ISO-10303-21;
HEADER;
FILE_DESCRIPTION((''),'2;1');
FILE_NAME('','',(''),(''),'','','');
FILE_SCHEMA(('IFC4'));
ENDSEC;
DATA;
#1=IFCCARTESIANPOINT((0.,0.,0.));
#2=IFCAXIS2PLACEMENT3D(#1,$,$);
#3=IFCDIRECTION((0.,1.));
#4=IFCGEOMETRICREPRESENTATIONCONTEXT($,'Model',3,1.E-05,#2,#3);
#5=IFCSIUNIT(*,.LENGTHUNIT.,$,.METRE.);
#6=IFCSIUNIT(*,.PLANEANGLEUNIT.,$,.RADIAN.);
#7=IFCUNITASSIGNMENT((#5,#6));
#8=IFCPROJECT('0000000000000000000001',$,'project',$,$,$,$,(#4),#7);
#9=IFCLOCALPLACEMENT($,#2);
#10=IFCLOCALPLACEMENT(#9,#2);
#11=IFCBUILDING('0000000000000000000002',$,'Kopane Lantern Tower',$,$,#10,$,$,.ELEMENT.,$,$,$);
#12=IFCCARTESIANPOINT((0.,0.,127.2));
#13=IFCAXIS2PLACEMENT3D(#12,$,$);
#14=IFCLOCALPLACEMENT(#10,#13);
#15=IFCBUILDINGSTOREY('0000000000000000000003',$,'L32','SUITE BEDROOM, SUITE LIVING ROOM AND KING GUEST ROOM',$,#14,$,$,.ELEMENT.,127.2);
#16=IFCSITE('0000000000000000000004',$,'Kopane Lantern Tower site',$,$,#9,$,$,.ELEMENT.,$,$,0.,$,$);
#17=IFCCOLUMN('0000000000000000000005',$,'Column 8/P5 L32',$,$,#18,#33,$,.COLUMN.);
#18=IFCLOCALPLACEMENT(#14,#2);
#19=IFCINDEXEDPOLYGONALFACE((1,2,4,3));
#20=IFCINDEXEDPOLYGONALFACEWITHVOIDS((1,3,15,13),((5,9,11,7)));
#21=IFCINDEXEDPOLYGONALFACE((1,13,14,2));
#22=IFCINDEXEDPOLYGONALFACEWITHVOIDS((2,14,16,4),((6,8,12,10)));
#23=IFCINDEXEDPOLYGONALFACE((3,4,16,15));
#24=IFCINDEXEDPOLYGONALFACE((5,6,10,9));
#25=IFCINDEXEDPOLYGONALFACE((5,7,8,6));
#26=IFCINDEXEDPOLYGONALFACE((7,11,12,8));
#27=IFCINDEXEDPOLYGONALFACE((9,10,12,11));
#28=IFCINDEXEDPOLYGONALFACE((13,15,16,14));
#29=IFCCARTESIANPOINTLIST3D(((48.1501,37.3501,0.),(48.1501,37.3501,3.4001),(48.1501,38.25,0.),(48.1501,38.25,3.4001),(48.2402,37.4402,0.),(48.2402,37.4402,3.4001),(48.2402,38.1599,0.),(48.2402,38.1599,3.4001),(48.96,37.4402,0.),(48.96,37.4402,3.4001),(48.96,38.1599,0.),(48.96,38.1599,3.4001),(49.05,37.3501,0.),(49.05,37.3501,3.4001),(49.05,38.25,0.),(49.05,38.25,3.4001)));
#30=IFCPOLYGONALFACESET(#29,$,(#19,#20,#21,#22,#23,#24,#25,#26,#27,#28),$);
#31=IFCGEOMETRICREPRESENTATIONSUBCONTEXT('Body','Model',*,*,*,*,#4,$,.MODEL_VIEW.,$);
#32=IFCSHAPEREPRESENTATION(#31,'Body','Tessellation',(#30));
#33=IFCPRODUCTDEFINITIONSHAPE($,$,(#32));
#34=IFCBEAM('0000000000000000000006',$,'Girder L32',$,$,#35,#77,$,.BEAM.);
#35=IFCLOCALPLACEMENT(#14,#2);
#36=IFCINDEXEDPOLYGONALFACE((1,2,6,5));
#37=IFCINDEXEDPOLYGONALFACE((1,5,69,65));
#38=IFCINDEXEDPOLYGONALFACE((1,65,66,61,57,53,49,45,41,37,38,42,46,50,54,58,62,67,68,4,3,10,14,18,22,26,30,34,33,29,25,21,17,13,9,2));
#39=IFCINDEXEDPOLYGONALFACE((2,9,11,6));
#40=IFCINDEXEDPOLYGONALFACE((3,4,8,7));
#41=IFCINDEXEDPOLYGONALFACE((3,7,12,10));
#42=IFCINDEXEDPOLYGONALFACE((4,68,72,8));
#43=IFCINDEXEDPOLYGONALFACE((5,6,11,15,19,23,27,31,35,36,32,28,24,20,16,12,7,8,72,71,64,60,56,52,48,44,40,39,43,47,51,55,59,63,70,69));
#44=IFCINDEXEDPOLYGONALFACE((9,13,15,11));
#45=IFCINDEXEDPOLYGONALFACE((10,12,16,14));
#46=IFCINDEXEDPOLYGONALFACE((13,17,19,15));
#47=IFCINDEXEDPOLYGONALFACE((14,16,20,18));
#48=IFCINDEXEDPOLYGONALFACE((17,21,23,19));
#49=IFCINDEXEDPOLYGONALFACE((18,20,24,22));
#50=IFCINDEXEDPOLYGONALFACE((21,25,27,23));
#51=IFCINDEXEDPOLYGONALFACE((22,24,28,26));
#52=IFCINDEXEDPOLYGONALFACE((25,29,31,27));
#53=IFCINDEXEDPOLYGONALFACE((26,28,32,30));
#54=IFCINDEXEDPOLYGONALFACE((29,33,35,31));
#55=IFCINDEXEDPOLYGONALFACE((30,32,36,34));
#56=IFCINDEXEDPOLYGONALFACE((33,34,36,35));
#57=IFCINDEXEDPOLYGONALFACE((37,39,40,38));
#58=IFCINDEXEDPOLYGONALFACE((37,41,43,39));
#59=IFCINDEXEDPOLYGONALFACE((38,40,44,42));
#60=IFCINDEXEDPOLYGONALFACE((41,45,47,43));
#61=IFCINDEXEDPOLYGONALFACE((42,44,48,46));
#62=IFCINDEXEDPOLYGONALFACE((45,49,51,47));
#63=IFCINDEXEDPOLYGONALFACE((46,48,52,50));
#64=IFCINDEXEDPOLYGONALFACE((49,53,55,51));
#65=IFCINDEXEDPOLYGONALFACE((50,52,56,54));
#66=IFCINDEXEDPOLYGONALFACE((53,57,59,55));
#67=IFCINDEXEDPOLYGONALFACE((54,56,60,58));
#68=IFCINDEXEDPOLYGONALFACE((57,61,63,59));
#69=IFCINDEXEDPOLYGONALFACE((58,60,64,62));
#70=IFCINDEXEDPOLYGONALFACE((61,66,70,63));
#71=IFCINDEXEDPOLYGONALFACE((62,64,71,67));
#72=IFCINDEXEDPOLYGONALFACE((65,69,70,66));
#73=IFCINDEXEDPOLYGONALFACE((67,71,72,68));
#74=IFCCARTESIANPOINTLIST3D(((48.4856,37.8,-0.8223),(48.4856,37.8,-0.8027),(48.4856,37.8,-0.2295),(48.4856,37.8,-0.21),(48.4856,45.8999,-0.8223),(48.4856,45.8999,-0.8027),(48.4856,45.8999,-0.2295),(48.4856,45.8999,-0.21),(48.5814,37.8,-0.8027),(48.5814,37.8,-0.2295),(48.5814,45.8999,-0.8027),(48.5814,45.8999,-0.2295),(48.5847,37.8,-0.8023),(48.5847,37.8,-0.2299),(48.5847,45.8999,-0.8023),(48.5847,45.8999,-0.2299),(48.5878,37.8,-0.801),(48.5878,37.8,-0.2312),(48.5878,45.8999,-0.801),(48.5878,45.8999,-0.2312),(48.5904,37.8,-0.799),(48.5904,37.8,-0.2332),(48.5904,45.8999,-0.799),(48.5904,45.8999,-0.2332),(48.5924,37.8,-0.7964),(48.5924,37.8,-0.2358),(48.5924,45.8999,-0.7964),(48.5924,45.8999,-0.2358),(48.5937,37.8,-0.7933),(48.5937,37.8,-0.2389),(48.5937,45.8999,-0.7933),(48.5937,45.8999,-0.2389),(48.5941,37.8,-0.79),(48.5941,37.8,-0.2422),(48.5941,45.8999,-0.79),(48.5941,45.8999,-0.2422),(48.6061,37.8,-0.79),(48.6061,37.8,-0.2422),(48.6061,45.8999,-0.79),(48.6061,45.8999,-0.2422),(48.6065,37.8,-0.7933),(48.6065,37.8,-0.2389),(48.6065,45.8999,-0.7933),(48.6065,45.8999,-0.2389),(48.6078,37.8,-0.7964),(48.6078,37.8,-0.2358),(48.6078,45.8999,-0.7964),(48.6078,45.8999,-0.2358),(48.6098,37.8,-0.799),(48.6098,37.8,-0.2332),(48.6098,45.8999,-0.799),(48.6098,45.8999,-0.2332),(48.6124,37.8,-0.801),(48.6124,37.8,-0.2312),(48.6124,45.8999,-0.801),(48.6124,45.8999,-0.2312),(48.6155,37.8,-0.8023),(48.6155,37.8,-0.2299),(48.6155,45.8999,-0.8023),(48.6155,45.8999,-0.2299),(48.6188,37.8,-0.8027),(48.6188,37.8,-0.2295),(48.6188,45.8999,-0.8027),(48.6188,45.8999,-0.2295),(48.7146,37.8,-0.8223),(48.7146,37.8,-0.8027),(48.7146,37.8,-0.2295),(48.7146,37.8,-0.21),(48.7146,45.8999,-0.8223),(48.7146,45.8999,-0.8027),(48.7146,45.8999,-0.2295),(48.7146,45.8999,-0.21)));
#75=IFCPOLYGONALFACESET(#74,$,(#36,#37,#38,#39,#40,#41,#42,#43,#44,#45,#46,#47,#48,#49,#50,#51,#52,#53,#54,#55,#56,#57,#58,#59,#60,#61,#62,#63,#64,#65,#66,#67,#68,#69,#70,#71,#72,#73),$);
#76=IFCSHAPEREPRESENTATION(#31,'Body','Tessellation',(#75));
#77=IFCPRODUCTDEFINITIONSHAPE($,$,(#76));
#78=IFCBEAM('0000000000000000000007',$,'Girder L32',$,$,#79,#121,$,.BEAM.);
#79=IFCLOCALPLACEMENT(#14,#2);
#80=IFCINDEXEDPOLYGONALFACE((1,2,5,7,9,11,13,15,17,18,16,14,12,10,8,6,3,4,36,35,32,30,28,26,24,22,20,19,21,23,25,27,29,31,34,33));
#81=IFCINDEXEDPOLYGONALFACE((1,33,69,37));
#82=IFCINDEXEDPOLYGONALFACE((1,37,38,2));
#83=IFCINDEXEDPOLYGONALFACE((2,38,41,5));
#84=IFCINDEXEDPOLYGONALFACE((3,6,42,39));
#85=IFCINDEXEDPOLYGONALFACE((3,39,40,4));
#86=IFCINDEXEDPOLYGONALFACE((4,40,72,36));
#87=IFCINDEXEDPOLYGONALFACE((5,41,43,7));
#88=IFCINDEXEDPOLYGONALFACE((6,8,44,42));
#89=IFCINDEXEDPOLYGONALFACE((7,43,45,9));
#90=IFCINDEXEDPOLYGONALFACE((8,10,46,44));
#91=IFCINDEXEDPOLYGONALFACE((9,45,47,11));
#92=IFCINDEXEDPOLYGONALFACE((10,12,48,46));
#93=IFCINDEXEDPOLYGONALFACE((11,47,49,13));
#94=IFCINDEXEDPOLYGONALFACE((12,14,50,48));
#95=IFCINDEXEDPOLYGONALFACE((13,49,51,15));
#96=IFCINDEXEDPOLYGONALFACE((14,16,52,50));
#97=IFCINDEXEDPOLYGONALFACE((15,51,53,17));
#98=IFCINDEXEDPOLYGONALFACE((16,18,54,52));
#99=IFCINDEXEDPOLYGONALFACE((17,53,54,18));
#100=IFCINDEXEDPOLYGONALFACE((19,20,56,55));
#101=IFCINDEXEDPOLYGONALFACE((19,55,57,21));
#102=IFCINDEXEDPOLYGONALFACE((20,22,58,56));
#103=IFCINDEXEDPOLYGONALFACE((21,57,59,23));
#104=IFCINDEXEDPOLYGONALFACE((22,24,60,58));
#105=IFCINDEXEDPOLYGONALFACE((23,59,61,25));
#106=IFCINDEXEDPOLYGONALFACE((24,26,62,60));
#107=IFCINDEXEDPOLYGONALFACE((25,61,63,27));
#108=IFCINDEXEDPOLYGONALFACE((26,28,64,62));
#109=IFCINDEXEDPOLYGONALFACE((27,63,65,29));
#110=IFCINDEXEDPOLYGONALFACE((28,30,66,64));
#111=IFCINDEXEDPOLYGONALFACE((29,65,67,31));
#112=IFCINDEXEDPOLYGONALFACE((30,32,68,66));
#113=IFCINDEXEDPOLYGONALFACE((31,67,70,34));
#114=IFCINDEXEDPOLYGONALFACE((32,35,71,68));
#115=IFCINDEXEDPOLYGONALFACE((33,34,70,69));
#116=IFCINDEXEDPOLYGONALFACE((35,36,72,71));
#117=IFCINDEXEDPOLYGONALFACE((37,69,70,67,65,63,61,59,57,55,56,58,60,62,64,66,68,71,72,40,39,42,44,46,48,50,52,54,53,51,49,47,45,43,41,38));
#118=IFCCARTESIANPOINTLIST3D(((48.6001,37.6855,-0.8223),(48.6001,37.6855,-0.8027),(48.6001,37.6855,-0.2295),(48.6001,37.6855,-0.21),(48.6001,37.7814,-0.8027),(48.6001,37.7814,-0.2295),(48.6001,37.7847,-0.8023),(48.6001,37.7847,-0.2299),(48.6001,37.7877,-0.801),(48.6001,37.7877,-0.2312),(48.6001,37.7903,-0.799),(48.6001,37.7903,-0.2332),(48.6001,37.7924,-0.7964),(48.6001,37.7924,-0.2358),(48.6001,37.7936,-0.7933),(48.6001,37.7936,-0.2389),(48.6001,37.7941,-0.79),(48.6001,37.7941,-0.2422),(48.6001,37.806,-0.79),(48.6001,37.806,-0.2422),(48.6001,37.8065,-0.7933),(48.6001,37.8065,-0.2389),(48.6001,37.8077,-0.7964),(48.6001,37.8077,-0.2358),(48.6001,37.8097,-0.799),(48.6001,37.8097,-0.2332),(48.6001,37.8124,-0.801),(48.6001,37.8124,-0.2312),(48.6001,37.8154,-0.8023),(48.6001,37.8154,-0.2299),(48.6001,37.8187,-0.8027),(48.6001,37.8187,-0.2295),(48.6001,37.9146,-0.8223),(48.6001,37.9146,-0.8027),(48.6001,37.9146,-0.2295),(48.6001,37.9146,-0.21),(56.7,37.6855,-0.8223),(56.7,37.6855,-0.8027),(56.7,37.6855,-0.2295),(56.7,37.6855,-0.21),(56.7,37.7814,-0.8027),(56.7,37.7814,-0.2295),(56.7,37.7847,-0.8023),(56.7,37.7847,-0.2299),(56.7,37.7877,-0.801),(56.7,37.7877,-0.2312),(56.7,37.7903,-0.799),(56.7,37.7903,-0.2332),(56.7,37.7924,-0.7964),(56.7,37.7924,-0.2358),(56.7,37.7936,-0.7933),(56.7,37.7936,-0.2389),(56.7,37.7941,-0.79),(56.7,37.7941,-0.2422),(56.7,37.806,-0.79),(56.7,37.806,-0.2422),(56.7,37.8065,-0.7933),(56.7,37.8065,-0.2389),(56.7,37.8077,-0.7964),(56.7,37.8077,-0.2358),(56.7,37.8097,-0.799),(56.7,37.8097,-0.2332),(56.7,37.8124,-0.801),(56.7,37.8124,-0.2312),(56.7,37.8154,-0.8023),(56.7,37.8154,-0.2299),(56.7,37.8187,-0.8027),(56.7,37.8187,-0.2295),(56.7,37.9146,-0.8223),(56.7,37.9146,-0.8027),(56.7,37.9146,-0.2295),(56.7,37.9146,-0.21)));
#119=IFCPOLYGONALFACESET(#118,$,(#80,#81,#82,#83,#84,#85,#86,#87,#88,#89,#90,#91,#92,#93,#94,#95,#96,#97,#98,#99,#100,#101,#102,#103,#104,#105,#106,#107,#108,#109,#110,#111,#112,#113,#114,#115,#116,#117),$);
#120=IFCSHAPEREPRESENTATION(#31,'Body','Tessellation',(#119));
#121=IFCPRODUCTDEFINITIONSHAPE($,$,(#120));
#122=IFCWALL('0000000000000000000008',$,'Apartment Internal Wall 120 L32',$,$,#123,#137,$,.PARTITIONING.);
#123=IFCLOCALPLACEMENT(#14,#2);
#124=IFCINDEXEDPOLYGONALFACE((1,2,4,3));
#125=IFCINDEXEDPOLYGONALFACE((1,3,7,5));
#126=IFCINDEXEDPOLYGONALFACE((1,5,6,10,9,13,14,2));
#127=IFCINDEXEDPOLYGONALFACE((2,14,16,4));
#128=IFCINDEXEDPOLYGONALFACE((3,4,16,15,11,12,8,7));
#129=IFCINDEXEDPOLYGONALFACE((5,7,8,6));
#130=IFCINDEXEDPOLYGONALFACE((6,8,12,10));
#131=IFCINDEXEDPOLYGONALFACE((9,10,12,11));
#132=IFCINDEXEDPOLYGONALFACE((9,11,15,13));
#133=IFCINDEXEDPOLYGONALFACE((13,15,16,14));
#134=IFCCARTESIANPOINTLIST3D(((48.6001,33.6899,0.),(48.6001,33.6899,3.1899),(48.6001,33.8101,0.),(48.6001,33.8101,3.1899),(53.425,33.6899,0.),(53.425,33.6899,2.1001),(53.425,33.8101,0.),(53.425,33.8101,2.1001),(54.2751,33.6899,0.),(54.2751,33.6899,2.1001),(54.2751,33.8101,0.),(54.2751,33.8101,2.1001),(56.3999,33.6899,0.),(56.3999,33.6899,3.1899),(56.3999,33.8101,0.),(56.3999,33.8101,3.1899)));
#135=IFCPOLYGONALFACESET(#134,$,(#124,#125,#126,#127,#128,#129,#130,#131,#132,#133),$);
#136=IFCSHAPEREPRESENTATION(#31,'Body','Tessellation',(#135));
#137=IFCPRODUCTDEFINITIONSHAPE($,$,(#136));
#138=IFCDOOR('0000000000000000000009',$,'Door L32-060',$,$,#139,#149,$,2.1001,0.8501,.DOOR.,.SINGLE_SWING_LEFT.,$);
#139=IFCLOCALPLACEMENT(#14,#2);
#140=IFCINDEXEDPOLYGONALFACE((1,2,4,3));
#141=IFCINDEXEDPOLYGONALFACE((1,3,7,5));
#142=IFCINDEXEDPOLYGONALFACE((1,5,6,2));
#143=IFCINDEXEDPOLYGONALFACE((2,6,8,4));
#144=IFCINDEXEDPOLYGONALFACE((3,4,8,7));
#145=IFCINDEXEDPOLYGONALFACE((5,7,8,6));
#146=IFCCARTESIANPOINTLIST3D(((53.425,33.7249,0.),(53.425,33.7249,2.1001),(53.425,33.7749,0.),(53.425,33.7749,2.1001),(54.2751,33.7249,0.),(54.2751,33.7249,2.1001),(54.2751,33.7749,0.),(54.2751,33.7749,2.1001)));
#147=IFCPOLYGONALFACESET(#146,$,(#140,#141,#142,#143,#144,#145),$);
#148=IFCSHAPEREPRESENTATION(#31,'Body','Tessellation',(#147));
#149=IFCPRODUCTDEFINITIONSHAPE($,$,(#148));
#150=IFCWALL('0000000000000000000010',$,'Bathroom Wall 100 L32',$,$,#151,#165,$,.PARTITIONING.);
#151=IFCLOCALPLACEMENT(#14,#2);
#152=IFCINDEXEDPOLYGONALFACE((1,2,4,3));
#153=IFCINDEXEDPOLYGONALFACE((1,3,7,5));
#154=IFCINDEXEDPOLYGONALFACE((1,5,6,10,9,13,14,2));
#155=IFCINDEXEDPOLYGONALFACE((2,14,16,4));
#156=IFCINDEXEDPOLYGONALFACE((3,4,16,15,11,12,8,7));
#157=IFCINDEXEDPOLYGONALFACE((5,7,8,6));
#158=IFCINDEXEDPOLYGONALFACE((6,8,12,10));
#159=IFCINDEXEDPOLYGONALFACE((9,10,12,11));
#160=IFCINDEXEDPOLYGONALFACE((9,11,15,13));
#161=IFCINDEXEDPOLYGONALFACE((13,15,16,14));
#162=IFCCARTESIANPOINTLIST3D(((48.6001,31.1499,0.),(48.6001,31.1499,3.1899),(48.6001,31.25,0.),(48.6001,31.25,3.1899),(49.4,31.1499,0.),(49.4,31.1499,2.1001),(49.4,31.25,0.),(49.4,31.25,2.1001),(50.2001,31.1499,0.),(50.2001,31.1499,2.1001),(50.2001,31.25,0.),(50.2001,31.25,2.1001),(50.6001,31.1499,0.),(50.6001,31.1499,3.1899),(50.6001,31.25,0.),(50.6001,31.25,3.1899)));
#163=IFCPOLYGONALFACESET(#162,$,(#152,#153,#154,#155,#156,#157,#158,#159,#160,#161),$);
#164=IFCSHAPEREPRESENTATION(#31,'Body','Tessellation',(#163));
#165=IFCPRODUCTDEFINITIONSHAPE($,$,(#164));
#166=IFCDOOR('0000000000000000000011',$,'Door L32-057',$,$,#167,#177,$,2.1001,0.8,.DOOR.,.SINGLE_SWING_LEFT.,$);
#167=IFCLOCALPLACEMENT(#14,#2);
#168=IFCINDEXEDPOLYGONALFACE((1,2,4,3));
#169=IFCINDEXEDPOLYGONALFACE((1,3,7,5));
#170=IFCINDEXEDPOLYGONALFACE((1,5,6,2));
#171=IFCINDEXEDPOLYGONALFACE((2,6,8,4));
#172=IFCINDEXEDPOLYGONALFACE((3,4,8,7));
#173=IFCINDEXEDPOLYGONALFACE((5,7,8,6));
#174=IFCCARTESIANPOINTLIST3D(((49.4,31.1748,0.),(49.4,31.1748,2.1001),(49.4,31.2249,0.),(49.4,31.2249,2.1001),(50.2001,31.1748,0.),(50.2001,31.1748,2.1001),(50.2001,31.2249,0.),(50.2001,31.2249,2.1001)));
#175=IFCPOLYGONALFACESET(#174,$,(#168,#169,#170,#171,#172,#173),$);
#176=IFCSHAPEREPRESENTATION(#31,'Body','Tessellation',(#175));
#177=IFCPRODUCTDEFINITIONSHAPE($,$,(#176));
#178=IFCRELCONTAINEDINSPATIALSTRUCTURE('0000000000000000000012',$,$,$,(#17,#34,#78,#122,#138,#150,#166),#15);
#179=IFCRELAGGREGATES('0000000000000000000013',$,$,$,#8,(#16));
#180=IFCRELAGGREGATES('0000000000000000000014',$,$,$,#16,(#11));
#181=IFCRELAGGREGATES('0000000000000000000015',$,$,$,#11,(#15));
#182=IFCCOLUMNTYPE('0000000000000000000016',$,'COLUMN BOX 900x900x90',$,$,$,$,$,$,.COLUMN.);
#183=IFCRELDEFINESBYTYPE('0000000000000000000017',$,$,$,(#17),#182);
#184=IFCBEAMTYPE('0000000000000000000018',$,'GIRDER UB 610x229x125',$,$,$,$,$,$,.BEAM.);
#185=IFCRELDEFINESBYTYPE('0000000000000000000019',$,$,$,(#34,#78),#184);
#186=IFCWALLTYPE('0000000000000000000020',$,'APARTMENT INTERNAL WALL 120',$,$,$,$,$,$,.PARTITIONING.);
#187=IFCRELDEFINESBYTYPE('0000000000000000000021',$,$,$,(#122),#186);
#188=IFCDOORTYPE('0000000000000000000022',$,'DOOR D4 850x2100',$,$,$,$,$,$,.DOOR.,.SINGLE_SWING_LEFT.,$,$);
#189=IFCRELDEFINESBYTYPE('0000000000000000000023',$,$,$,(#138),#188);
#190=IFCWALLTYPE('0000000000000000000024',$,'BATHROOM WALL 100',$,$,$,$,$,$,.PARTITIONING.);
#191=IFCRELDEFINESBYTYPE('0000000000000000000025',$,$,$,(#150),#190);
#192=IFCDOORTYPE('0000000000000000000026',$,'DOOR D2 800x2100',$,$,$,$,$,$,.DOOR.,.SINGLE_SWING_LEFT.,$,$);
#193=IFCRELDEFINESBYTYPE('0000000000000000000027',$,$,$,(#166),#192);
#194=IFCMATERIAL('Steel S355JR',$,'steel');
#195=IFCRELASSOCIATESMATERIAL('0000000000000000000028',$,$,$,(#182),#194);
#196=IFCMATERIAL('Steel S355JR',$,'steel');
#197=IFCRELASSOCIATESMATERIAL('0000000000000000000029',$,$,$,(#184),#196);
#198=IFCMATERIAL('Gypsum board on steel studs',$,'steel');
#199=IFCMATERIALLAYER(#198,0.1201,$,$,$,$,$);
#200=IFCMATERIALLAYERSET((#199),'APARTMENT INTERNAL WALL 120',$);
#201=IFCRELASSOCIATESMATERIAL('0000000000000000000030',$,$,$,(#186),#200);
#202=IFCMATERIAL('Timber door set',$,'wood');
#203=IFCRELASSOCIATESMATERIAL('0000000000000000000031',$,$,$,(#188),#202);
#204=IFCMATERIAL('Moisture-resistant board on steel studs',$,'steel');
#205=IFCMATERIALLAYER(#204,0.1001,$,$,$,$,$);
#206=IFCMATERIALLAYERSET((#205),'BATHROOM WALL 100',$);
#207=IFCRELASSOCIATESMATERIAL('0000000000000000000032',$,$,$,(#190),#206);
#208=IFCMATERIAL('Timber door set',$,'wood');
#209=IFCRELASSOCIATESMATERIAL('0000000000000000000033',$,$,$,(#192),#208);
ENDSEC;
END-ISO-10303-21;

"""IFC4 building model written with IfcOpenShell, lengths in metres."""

from ifc_helpers import new_model, si_unit, direction, frame, frame_2d, origin, origin_2d, place, context, subcontext, project, spatial, rectangle, hollow_rectangle, i_section, extrude, material, layer, layer_set, material_profile, profile_set, type_object, element, fill, save


model = new_model("IFC4")

# Units and contexts
model_context = context("Model", 3, precision=1e-05, world=origin(), true_north=direction((0.0, 1.0)))
body_context = subcontext(model_context, "Body", "Model", "MODEL_VIEW")
ifc_project = project(units=[si_unit("LENGTHUNIT", "METRE"), si_unit("PLANEANGLEUNIT", "RADIAN")], contexts=[model_context])

# Site, building, storey
site_placement = place(None, origin())
site = spatial("IfcSite", under=ifc_project, at=site_placement, Name="Kopane Lantern Tower site", CompositionType="ELEMENT", RefElevation=0.0)
building_placement = place(site_placement, origin())
building = spatial("IfcBuilding", under=site, at=building_placement, Name="Kopane Lantern Tower", CompositionType="ELEMENT")
storey_placement = place(building_placement, frame((0.0, 0.0, 127.2)))
storey = spatial("IfcBuildingStorey", under=building, at=storey_placement, Name="L32", Description="SUITE BEDROOM, SUITE LIVING ROOM AND KING GUEST ROOM", CompositionType="ELEMENT", Elevation=127.2)

# Column
ifc_material_1 = material(Name="Steel S355JR", Category="steel")
ifc_material_profile_1 = material_profile(ifc_material_1, hollow_rectangle(XDim=0.8999, YDim=0.8999, WallThickness=0.0901, at=origin_2d()), Name="BOX 900x900x90")
ifc_profile_set_1 = profile_set([ifc_material_profile_1], Name="Steel S355JR")
column_type = type_object("IfcColumnType", Name="COLUMN BOX 900x900x90", PredefinedType="COLUMN", material=ifc_profile_set_1)
column_placement = place(storey_placement, frame((48.6001, 37.8, 0.0), z_axis=(0.0, 0.0, 1.0), x_axis=(1.0, 0.0, 0.0)))
element("IfcColumn", 1, at=column_placement, inside=storey, type_object=column_type, Name="Column 8/P5 L32", PredefinedType="COLUMN", context=body_context, shape_type="SweptSolid", body=[
    extrude(hollow_rectangle(XDim=0.8999, YDim=0.8999, WallThickness=0.0901, at=origin_2d()), origin(), (0.0, 0.0, 1.0), 3.4001),
])

# Beams
ifc_material_2 = material(Name="Steel S355JR", Category="steel")
ifc_material_profile_2 = material_profile(ifc_material_2, i_section(OverallWidth=0.229, OverallDepth=0.6123, WebThickness=0.012, FlangeThickness=0.0195, FilletRadius=0.0127, at=origin_2d()), Name="UB 610x229x125")
ifc_profile_set_2 = profile_set([ifc_material_profile_2], Name="Steel S355JR")
beam_type = type_object("IfcBeamType", Name="GIRDER UB 610x229x125", PredefinedType="BEAM", material=ifc_profile_set_2)
for number, where, z_axis, x_axis, name in (
    (2, (48.6001, 37.8, -0.5161), (0.0, 1.0, 0.0), (-1.0, 0.0, 0.0), "Girder L32"),
    (3, (48.6001, 37.8, -0.5161), (1.0, 0.0, 0.0), (0.0, 1.0, 0.0), "Girder L32"),
):
    element("IfcBeam", number, at=place(storey_placement, frame(where, z_axis=z_axis, x_axis=x_axis)), inside=storey, type_object=beam_type, Name=name, PredefinedType="BEAM", context=body_context, shape_type="SweptSolid", body=[
        extrude(i_section(OverallWidth=0.229, OverallDepth=0.6123, WebThickness=0.012, FlangeThickness=0.0195, FilletRadius=0.0127, at=origin_2d()), origin(), (0.0, 0.0, 1.0), 8.0999),
    ])

# Walls, openings, doors
ifc_material_3 = material(Name="Gypsum board on steel studs", Category="steel")
ifc_layer_1 = layer(ifc_material_3, 0.1201)
ifc_layer_set_1 = layer_set([ifc_layer_1], Name="APARTMENT INTERNAL WALL 120")
wall_type_1 = type_object("IfcWallType", Name="APARTMENT INTERNAL WALL 120", PredefinedType="PARTITIONING", material=ifc_layer_set_1)
wall_1_placement = place(storey_placement, frame((48.6001, 33.75, 0.0), z_axis=(0.0, 0.0, 1.0), x_axis=(1.0, 0.0, 0.0)))
wall_1 = element("IfcWall", 4, at=wall_1_placement, inside=storey, type_object=wall_type_1, Name="Apartment Internal Wall 120 L32", PredefinedType="PARTITIONING", context=body_context, shape_type="SweptSolid", body=[
    extrude(rectangle(XDim=7.7998, YDim=0.1201, at=frame_2d((3.8999, 0.0))), origin(), (0.0, 0.0, 1.0), 3.1899),
])
opening_1_placement = place(wall_1_placement, frame((4.825, 0.0, 0.0)))
opening_1 = element("IfcOpeningElement", 5, at=opening_1_placement, cuts=wall_1, PredefinedType="OPENING", context=body_context, shape_type="SweptSolid", body=[
    extrude(rectangle(XDim=0.8501, YDim=2.1001, at=frame_2d((0.425, 1.05))), frame((0.0, 0.0701, 0.0), z_axis=(0.0, -1.0, 0.0), x_axis=(1.0, 0.0, 0.0)), (0.0, 0.0, 1.0), 0.1401),
])
ifc_material_4 = material(Name="Timber door set", Category="wood")
door_type_1 = type_object("IfcDoorType", Name="DOOR D4 850x2100", OperationType="SINGLE_SWING_LEFT", PredefinedType="DOOR", material=ifc_material_4)
door_1_placement = place(opening_1_placement, origin())
door_1 = element("IfcDoor", 6, at=door_1_placement, inside=storey, type_object=door_type_1, Name="Door L32-060", OperationType="SINGLE_SWING_LEFT", OverallHeight=2.1001, OverallWidth=0.8501, PredefinedType="DOOR", context=body_context, shape_type="SweptSolid", body=[
    extrude(rectangle(XDim=0.8501, YDim=2.1001, at=frame_2d((0.425, 1.05))), frame((0.0, 0.0249, 0.0), z_axis=(0.0, -1.0, 0.0), x_axis=(1.0, 0.0, 0.0)), (0.0, 0.0, 1.0), 0.05),
])
fill(opening_1, door_1)
ifc_material_5 = material(Name="Moisture-resistant board on steel studs", Category="steel")
ifc_layer_2 = layer(ifc_material_5, 0.1001)
ifc_layer_set_2 = layer_set([ifc_layer_2], Name="BATHROOM WALL 100")
wall_type_2 = type_object("IfcWallType", Name="BATHROOM WALL 100", PredefinedType="PARTITIONING", material=ifc_layer_set_2)
wall_2_placement = place(storey_placement, frame((48.6001, 31.2, 0.0), z_axis=(0.0, 0.0, 1.0), x_axis=(1.0, 0.0, 0.0)))
wall_2 = element("IfcWall", 7, at=wall_2_placement, inside=storey, type_object=wall_type_2, Name="Bathroom Wall 100 L32", PredefinedType="PARTITIONING", context=body_context, shape_type="SweptSolid", body=[
    extrude(rectangle(XDim=2.0, YDim=0.1001, at=frame_2d((1.0, 0.0))), origin(), (0.0, 0.0, 1.0), 3.1899),
])
opening_2_placement = place(wall_2_placement, frame((0.8, 0.0, 0.0)))
opening_2 = element("IfcOpeningElement", 8, at=opening_2_placement, cuts=wall_2, PredefinedType="OPENING", context=body_context, shape_type="SweptSolid", body=[
    extrude(rectangle(XDim=0.8, YDim=2.1001, at=frame_2d((0.3999, 1.05))), frame((0.0, 0.0601, 0.0), z_axis=(0.0, -1.0, 0.0), x_axis=(1.0, 0.0, 0.0)), (0.0, 0.0, 1.0), 0.1201),
])
ifc_material_6 = material(Name="Timber door set", Category="wood")
door_type_2 = type_object("IfcDoorType", Name="DOOR D2 800x2100", OperationType="SINGLE_SWING_LEFT", PredefinedType="DOOR", material=ifc_material_6)
door_2_placement = place(opening_2_placement, origin())
door_2 = element("IfcDoor", 9, at=door_2_placement, inside=storey, type_object=door_type_2, Name="Door L32-057", OperationType="SINGLE_SWING_LEFT", OverallHeight=2.1001, OverallWidth=0.8, PredefinedType="DOOR", context=body_context, shape_type="SweptSolid", body=[
    extrude(rectangle(XDim=0.8, YDim=2.1001, at=frame_2d((0.3999, 1.05))), frame((0.0, 0.0249, 0.0), z_axis=(0.0, -1.0, 0.0), x_axis=(1.0, 0.0, 0.0)), (0.0, 0.0, 1.0), 0.05),
])
fill(opening_2, door_2)

save(model, "model.ifc")
